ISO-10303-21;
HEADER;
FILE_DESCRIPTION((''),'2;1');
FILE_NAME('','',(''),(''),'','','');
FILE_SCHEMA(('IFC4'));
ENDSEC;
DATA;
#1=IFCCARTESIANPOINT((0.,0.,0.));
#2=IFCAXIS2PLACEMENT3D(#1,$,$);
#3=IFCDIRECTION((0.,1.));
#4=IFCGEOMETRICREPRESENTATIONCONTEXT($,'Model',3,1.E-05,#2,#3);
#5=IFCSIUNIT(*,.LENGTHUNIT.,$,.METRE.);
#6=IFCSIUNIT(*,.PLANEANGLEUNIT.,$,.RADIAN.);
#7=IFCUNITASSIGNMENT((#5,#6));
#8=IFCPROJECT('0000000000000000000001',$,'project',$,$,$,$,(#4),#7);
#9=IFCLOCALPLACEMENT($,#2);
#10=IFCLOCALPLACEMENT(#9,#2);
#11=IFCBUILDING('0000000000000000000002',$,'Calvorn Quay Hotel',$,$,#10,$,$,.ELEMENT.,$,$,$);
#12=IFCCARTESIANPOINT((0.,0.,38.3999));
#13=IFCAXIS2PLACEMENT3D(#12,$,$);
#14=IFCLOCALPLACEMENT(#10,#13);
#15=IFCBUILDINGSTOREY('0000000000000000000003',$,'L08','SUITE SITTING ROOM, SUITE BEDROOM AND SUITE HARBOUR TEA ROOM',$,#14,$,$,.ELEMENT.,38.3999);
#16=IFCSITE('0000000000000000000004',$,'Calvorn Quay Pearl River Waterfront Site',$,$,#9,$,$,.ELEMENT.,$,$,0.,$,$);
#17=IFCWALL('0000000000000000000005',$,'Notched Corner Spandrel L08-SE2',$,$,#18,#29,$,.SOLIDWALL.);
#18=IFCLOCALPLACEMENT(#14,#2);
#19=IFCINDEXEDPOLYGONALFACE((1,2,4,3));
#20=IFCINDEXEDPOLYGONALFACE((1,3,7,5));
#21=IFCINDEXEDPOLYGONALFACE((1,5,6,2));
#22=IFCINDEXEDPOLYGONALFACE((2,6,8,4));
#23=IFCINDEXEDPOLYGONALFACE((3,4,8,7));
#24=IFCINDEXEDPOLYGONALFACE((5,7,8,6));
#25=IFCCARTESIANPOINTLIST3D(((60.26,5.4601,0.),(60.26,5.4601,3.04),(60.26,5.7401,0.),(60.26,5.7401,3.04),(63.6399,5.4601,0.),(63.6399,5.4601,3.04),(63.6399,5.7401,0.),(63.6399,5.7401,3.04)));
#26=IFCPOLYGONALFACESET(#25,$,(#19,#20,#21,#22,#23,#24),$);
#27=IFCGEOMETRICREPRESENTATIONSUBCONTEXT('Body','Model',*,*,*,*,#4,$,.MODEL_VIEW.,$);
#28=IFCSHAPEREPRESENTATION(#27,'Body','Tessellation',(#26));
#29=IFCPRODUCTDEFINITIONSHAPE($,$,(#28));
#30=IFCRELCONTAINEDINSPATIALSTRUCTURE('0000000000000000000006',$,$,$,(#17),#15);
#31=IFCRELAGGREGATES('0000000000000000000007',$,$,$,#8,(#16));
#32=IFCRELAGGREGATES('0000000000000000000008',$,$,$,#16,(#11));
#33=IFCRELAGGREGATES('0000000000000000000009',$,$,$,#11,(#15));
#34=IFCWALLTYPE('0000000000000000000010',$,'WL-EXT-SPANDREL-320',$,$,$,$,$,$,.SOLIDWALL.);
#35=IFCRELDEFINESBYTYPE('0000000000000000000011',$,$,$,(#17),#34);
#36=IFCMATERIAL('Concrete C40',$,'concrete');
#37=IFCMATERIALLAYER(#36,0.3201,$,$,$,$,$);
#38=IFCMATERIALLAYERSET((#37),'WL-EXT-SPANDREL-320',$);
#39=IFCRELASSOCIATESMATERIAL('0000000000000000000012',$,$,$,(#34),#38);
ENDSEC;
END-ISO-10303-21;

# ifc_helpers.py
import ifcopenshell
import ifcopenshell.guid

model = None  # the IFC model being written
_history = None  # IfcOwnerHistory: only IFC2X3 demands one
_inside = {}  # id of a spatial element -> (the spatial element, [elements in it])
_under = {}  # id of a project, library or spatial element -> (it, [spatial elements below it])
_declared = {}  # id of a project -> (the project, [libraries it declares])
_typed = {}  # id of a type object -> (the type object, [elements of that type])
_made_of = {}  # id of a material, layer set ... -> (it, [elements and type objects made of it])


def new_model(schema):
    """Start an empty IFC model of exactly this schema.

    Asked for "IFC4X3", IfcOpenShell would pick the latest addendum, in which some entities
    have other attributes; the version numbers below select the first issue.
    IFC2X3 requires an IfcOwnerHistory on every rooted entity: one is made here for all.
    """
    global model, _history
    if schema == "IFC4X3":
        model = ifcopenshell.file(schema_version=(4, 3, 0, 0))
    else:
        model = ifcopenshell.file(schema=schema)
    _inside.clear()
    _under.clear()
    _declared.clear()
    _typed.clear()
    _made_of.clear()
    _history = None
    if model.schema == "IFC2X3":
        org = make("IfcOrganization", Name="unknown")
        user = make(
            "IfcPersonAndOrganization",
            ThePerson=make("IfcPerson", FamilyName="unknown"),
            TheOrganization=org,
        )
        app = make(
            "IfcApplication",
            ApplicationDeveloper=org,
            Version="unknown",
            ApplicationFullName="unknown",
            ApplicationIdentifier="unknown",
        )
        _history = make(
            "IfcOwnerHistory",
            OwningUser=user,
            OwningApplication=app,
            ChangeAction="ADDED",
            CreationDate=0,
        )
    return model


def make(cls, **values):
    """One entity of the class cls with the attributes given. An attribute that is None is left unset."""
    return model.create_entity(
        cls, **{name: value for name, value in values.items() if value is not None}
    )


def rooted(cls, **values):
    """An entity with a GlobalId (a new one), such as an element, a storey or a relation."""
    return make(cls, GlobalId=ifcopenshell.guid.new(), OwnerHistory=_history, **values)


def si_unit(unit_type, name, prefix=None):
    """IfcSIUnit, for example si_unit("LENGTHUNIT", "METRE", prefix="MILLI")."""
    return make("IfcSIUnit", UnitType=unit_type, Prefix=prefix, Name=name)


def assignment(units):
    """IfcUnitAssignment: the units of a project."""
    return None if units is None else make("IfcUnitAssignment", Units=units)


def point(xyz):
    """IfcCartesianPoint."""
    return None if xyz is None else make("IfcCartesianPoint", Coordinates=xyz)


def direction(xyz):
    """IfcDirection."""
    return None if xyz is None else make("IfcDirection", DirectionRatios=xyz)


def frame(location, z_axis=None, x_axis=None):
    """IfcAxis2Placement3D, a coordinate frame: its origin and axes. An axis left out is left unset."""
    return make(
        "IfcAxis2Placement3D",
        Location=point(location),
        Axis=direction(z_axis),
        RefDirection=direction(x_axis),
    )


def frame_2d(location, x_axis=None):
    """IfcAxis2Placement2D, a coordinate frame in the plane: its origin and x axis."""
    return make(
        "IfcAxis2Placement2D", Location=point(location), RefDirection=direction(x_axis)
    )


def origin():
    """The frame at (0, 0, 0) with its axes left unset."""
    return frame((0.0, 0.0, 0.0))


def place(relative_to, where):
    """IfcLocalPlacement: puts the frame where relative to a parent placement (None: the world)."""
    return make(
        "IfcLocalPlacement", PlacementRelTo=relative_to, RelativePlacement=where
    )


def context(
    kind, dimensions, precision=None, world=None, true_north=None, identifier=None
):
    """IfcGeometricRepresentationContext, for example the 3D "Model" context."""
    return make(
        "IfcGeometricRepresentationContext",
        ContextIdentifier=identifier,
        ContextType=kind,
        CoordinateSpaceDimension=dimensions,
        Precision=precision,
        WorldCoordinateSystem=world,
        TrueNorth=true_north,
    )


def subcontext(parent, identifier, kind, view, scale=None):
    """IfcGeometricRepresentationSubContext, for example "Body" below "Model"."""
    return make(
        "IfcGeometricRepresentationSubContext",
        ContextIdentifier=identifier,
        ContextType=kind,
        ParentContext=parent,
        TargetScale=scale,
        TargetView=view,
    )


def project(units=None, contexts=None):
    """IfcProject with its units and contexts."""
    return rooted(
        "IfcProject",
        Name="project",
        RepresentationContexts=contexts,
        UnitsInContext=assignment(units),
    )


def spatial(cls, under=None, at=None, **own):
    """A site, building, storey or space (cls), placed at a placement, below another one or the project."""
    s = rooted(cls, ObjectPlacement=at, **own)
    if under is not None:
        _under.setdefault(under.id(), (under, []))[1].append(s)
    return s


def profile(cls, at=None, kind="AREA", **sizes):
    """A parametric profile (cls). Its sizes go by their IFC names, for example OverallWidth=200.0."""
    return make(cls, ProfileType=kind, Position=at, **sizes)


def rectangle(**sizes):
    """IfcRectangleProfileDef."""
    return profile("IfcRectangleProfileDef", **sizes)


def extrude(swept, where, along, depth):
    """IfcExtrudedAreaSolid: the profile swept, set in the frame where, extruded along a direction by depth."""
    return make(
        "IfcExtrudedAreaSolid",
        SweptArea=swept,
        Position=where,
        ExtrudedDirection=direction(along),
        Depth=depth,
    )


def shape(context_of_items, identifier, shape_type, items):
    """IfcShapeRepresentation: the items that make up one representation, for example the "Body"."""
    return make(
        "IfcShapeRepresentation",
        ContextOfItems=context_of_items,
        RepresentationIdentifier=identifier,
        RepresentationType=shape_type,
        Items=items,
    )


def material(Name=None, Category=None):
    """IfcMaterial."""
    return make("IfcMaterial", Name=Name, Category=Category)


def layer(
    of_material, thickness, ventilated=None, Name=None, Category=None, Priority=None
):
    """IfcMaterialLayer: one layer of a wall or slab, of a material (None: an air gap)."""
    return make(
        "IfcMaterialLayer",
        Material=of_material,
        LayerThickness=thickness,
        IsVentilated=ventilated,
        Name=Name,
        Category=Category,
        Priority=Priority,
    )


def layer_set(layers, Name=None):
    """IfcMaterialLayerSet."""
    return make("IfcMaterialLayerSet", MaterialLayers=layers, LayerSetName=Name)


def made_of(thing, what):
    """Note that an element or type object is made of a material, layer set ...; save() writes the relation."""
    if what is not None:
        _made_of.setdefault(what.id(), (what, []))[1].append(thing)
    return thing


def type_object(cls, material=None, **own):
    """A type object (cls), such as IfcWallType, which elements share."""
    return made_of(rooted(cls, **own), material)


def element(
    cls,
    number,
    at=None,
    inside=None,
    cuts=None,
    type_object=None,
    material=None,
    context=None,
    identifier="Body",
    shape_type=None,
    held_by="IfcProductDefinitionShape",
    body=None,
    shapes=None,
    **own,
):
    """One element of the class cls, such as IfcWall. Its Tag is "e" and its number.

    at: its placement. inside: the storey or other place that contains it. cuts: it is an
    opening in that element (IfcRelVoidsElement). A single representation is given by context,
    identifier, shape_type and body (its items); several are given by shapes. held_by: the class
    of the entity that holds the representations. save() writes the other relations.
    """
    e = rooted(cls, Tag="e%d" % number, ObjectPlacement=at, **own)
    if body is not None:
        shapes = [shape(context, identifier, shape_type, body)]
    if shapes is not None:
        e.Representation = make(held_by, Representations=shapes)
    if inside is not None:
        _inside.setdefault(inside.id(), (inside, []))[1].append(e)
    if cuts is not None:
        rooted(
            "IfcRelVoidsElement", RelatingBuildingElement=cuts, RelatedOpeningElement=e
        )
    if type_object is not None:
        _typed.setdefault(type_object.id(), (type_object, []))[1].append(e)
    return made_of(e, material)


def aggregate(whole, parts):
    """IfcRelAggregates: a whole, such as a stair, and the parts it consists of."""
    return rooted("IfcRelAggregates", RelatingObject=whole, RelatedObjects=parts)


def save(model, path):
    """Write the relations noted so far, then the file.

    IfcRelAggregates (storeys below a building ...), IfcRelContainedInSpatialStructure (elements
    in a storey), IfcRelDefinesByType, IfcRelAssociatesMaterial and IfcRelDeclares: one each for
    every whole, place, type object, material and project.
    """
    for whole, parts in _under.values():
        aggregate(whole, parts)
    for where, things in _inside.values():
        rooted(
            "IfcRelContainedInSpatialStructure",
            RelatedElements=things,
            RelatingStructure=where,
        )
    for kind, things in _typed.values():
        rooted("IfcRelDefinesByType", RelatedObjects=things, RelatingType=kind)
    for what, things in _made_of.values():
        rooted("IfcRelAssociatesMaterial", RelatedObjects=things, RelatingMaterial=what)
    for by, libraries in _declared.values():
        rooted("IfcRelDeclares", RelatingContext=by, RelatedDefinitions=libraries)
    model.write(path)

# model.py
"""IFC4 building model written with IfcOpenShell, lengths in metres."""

from ifc_helpers import new_model, si_unit, direction, frame, frame_2d, origin, place, context, subcontext, project, spatial, rectangle, extrude, material, layer, layer_set, type_object, element, save


model = new_model("IFC4")

# Units and contexts
model_context = context("Model", 3, precision=1e-05, world=origin(), true_north=direction((0.0, 1.0)))
body_context = subcontext(model_context, "Body", "Model", "MODEL_VIEW")
ifc_project = project(units=[si_unit("LENGTHUNIT", "METRE"), si_unit("PLANEANGLEUNIT", "RADIAN")], contexts=[model_context])

# Site, building, storey
site_placement = place(None, origin())
site = spatial("IfcSite", under=ifc_project, at=site_placement, Name="Calvorn Quay Pearl River Waterfront Site", CompositionType="ELEMENT", RefElevation=0.0)
building_placement = place(site_placement, origin())
building = spatial("IfcBuilding", under=site, at=building_placement, Name="Calvorn Quay Hotel", CompositionType="ELEMENT")
storey_placement = place(building_placement, frame((0.0, 0.0, 38.3999)))
storey = spatial("IfcBuildingStorey", under=building, at=storey_placement, Name="L08", Description="SUITE SITTING ROOM, SUITE BEDROOM AND SUITE HARBOUR TEA ROOM", CompositionType="ELEMENT", Elevation=38.3999)

# Wall
ifc_material_1 = material(Name="Concrete C40", Category="concrete")
ifc_layer_1 = layer(ifc_material_1, 0.3201)
ifc_layer_set_1 = layer_set([ifc_layer_1], Name="WL-EXT-SPANDREL-320")
wall_type = type_object("IfcWallType", Name="WL-EXT-SPANDREL-320", PredefinedType="SOLIDWALL", material=ifc_layer_set_1)
wall_1_placement = place(storey_placement, frame((60.26, 5.6001, 0.0), z_axis=(0.0, 0.0, 1.0), x_axis=(1.0, 0.0, 0.0)))
element("IfcWall", 1, at=wall_1_placement, inside=storey, type_object=wall_type, Name="Notched Corner Spandrel L08-SE2", PredefinedType="SOLIDWALL", context=body_context, shape_type="SweptSolid", body=[
    extrude(rectangle(XDim=3.3799, YDim=0.28, at=frame_2d((1.6899, 0.0))), origin(), (0.0, 0.0, 1.0), 3.04),
])

save(model, "model.ifc")
